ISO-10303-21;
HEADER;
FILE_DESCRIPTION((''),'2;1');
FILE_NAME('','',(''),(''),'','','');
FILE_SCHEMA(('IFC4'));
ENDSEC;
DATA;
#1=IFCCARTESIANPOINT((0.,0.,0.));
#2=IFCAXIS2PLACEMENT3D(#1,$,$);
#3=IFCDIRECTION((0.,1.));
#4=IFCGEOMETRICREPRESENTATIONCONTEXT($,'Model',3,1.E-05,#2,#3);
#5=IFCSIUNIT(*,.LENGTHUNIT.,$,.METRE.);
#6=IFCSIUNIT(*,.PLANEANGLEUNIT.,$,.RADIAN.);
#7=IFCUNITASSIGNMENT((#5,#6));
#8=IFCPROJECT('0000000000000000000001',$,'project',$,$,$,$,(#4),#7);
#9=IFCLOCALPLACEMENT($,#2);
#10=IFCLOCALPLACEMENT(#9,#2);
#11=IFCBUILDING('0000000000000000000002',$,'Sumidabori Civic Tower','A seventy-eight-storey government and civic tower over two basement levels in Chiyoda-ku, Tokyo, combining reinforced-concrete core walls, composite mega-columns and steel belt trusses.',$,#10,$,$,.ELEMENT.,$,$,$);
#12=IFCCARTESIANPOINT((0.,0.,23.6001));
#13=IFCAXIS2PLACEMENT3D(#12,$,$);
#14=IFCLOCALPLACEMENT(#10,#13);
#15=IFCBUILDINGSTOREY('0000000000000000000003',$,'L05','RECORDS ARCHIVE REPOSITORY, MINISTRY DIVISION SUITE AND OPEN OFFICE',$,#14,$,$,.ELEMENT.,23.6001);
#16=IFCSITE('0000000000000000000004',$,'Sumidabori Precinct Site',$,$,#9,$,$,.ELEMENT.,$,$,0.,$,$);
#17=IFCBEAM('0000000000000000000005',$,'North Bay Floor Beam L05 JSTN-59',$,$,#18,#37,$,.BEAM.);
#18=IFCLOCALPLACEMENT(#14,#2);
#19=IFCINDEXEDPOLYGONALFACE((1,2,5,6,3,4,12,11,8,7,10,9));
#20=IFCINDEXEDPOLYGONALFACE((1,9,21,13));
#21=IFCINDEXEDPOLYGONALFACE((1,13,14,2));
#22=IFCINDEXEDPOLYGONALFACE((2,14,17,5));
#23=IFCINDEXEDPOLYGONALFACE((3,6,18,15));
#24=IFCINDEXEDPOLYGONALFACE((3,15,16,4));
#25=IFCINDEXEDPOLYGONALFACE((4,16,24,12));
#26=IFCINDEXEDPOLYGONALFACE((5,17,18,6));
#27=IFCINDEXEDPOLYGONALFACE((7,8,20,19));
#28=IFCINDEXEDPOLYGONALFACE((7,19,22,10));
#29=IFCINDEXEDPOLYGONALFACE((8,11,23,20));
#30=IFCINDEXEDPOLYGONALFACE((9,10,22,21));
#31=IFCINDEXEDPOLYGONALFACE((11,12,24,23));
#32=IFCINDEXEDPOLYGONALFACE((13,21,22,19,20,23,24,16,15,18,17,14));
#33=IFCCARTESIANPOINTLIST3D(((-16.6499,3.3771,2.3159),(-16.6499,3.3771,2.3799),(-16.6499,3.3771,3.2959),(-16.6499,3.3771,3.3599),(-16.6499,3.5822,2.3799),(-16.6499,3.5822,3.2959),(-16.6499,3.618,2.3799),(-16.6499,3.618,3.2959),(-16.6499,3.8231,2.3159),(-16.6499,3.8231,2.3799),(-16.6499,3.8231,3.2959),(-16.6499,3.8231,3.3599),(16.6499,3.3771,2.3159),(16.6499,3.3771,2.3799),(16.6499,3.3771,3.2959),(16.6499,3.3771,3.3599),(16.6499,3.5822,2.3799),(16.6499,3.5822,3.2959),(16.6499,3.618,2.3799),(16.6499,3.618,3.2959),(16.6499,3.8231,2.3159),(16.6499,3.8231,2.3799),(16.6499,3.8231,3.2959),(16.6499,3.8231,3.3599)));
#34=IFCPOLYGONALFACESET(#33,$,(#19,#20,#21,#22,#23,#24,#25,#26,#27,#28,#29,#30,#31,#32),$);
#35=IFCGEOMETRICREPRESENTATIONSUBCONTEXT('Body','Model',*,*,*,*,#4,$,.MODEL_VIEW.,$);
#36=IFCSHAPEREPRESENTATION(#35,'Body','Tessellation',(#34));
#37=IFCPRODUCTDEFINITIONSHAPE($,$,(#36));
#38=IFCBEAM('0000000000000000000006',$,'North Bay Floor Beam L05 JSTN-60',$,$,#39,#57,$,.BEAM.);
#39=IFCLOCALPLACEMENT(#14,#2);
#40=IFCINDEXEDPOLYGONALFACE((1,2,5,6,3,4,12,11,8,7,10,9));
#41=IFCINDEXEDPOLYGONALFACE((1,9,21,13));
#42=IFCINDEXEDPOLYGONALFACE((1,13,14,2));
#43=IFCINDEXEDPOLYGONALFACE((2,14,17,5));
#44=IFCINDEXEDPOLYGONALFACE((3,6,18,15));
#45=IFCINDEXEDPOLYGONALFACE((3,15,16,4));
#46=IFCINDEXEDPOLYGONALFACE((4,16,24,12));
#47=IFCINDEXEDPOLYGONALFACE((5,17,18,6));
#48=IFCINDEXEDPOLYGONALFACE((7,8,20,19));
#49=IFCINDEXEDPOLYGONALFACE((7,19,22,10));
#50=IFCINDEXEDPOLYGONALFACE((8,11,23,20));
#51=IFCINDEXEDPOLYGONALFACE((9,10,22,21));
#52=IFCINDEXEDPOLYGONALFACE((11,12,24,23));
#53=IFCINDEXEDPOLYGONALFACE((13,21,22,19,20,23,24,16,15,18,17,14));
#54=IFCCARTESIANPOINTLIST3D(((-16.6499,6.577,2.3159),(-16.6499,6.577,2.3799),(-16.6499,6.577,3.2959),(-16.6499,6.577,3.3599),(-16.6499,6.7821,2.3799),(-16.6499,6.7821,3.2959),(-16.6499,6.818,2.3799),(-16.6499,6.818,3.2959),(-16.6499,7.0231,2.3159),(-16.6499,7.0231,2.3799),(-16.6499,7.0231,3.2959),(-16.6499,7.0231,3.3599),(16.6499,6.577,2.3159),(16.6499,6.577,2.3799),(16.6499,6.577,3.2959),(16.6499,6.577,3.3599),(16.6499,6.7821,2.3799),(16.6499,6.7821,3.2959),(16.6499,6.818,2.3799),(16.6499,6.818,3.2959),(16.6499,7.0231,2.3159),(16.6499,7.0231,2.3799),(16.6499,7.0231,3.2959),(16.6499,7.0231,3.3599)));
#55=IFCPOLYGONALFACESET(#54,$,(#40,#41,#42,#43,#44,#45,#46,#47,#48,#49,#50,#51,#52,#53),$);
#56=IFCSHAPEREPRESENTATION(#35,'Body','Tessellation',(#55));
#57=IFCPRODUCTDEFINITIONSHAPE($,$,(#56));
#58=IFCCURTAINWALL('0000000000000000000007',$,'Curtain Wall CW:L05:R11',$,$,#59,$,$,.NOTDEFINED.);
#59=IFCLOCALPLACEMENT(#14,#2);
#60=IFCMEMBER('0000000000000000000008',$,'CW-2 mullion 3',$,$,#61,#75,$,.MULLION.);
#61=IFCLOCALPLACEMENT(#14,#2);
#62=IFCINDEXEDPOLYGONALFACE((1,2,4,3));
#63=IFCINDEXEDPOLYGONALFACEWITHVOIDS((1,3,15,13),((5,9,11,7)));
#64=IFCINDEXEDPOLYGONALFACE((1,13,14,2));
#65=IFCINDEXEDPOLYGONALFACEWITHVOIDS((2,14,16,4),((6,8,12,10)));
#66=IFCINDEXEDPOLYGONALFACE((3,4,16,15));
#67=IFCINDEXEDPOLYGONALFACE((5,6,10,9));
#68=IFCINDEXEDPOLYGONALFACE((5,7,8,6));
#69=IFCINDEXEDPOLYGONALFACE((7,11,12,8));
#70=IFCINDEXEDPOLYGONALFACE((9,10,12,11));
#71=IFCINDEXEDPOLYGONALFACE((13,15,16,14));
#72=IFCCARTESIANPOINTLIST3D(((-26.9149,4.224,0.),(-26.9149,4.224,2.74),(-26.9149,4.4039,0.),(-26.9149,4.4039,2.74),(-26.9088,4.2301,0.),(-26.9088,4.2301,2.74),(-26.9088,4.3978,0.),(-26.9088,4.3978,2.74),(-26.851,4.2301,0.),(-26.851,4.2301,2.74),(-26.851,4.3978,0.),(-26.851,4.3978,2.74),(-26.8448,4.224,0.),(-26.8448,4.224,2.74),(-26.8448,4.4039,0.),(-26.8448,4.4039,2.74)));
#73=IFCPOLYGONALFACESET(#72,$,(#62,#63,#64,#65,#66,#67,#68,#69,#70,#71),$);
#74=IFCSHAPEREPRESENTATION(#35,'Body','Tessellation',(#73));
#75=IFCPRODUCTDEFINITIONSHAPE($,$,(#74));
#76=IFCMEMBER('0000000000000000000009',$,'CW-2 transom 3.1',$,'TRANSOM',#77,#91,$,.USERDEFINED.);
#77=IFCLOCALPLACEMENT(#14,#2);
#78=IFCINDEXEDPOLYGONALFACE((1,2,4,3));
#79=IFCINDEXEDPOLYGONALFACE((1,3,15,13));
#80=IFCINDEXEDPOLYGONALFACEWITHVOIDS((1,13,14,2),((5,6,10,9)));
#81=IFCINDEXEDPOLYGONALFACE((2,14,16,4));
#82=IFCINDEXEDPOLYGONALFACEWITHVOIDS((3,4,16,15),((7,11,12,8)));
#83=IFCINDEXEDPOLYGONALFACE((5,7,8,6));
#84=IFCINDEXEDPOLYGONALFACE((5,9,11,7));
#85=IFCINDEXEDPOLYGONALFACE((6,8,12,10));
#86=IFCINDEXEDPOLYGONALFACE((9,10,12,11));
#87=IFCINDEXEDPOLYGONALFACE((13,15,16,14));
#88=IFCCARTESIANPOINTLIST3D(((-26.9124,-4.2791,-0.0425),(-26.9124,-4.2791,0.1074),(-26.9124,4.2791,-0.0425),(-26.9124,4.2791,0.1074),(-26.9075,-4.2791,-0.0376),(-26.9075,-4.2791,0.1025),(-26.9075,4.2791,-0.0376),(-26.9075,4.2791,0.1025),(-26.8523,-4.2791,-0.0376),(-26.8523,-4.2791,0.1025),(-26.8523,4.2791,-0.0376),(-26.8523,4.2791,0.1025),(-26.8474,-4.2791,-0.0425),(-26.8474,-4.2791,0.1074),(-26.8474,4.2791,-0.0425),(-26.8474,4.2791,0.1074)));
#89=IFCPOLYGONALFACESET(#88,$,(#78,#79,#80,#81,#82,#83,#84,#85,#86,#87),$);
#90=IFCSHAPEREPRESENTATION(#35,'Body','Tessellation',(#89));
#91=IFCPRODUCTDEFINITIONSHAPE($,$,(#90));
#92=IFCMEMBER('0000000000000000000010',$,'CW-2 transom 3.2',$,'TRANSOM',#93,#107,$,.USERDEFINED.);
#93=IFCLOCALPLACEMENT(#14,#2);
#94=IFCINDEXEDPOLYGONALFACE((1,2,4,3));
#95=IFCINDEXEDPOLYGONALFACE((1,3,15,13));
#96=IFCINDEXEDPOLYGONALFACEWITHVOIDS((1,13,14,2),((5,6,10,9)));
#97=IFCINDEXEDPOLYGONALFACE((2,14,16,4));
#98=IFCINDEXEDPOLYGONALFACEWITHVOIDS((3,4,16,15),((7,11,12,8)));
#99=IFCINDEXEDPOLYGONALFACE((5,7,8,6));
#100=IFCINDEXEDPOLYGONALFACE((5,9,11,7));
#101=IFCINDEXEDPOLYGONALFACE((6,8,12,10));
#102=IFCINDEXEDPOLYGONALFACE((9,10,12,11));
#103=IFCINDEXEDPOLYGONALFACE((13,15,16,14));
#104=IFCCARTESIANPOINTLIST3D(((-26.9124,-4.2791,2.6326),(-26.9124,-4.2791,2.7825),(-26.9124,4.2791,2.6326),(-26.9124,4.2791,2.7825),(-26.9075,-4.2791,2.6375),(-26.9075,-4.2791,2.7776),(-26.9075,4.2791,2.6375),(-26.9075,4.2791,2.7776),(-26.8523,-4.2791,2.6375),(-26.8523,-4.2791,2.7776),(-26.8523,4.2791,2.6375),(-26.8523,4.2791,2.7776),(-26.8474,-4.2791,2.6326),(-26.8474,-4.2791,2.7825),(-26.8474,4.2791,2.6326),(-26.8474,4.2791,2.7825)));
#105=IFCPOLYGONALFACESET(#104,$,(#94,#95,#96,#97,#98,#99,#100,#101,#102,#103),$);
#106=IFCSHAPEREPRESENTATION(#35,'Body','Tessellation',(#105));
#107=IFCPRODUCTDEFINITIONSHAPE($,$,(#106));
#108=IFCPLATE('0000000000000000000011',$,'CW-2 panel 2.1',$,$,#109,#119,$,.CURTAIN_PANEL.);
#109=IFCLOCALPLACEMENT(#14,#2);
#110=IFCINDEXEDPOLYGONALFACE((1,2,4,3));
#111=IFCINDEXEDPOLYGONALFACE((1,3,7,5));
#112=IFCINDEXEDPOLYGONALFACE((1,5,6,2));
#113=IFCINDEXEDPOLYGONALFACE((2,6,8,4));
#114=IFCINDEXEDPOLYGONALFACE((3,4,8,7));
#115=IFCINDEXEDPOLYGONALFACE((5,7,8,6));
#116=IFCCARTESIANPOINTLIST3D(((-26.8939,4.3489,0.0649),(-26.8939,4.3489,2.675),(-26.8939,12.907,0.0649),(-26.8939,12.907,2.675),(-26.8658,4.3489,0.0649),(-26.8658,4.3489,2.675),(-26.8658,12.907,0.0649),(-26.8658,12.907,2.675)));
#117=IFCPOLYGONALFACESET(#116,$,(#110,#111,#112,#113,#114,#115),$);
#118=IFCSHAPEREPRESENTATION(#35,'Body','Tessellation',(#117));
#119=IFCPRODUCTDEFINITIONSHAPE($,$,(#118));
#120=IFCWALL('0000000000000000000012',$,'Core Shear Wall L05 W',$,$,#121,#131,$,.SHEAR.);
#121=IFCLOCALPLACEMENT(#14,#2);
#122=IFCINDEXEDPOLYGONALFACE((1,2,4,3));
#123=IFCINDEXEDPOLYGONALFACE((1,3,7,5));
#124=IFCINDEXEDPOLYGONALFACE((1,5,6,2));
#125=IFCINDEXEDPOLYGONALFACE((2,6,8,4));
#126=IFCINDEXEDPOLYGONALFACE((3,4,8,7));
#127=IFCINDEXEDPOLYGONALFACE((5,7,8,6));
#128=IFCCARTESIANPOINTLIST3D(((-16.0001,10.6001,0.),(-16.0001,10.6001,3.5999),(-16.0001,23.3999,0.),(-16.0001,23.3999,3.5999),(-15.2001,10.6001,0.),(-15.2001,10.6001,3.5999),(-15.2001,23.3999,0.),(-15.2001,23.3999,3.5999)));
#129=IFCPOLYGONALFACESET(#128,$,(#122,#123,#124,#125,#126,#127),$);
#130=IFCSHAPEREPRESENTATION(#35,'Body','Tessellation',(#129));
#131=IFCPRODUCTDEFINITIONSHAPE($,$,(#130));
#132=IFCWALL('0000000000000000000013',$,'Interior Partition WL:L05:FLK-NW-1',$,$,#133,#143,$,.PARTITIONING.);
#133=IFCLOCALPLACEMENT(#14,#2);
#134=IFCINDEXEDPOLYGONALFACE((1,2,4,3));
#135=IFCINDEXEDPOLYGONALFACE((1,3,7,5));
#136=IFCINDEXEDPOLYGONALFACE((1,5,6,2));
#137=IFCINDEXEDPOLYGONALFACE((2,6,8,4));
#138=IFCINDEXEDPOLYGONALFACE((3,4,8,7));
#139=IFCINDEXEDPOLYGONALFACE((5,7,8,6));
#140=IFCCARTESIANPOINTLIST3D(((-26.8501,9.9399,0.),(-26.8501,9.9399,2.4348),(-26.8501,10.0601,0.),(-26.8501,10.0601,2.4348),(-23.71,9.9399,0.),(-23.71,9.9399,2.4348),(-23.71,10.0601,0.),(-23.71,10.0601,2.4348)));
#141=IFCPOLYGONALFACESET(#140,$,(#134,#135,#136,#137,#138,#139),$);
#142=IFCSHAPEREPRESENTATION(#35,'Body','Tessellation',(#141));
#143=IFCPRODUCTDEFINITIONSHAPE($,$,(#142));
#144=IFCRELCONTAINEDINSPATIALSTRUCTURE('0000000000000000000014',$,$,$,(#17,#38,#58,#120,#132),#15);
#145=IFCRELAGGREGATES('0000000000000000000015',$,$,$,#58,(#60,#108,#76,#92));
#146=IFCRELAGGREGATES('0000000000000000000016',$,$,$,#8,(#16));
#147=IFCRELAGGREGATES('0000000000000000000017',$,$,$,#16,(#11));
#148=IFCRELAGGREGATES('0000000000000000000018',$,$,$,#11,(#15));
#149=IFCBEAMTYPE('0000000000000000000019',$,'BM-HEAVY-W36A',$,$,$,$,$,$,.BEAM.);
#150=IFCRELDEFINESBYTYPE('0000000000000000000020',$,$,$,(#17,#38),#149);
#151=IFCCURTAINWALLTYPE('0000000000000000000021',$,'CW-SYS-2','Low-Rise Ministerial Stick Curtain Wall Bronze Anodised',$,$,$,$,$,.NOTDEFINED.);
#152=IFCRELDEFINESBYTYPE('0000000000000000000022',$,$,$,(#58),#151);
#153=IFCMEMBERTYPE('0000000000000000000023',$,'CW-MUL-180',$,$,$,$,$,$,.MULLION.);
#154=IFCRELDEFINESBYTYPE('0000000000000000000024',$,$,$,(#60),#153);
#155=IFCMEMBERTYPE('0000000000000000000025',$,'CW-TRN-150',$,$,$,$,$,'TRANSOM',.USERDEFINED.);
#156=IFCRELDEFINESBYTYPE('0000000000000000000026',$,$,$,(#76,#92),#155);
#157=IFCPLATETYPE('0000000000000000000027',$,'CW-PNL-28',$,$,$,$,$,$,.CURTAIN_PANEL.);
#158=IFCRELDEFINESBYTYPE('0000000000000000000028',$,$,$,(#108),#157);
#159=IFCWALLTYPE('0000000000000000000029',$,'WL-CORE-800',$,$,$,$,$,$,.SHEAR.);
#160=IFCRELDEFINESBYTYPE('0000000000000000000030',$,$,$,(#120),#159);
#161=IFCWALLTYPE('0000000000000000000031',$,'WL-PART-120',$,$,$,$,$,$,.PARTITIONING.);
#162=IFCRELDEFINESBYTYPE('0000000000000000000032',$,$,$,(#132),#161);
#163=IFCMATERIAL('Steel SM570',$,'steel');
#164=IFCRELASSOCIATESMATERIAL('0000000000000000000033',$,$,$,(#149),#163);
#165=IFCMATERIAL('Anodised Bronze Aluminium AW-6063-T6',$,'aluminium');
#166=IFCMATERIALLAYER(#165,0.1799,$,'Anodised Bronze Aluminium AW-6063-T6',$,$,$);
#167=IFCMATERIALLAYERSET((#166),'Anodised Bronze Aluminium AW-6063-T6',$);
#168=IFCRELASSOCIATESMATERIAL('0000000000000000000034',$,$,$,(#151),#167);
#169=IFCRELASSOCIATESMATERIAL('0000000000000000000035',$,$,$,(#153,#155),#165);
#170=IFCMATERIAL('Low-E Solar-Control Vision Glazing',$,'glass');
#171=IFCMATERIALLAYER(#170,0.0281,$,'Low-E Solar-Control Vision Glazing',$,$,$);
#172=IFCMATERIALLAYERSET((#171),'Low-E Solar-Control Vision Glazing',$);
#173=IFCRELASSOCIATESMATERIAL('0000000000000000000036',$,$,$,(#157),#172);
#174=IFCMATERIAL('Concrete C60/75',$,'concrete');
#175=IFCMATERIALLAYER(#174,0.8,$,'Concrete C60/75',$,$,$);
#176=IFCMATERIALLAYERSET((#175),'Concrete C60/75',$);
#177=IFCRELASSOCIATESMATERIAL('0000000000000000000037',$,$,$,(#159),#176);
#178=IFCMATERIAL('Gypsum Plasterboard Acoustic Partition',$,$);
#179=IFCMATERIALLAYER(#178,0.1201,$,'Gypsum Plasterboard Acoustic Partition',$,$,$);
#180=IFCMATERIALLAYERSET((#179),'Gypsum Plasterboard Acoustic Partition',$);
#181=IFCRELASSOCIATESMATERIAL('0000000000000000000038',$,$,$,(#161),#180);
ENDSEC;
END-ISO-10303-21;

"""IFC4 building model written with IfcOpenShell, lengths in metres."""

from ifc_helpers import new_model, si_unit, direction, frame, frame_2d, origin, origin_2d, place, context, subcontext, project, spatial, rectangle, hollow_rectangle, i_section, extrude, source, transform, mapped, material, layer, layer_set, material_profile, profile_set, type_object, element, aggregate, save


model = new_model("IFC4")

# Units and contexts
model_context = context("Model", 3, precision=1e-05, world=origin(), true_north=direction((0.0, 1.0)))
body_context = subcontext(model_context, "Body", "Model", "MODEL_VIEW")
ifc_project = project(units=[si_unit("LENGTHUNIT", "METRE"), si_unit("PLANEANGLEUNIT", "RADIAN")], contexts=[model_context])

# Site, building, storey
site_placement = place(None, origin())
site = spatial("IfcSite", under=ifc_project, at=site_placement, Name="Sumidabori Precinct Site", CompositionType="ELEMENT", RefElevation=0.0)
building_placement = place(site_placement, origin())
building = spatial("IfcBuilding", under=site, at=building_placement, Name="Sumidabori Civic Tower", Description="A seventy-eight-storey government and civic tower over two basement levels in Chiyoda-ku, Tokyo, combining reinforced-concrete core walls, composite mega-columns and steel belt trusses.", CompositionType="ELEMENT")
storey_placement = place(building_placement, frame((0.0, 0.0, 23.6001)))
storey = spatial("IfcBuildingStorey", under=building, at=storey_placement, Name="L05", Description="RECORDS ARCHIVE REPOSITORY, MINISTRY DIVISION SUITE AND OPEN OFFICE", CompositionType="ELEMENT", Elevation=23.6001)

# Shared definitions
ifc_material_1 = material(Name="Concrete C60/75", Category="concrete")

# Beams
ifc_material_2 = material(Name="Steel SM570", Category="steel")
ifc_material_profile_1 = material_profile(ifc_material_2, i_section(OverallWidth=0.446, OverallDepth=1.0439, WebThickness=0.0359, FlangeThickness=0.064, at=origin_2d()), Name="W36X652")
ifc_profile_set_1 = profile_set([ifc_material_profile_1], Name="Steel SM570")
beam_type_1 = type_object("IfcBeamType", Name="BM-HEAVY-W36A", PredefinedType="BEAM", material=ifc_profile_set_1)
shared_shape_1 = source(origin(), body_context, "Body", "SweptSolid", [
    extrude(i_section(OverallWidth=0.446, OverallDepth=1.0439, WebThickness=0.0359, FlangeThickness=0.064, at=origin_2d()), origin(), (0.0, 0.0, 1.0), 33.2998),
])
for number, where, z_axis, x_axis, name in (
    (1, (-16.6499, 3.6001, 2.8379), (1.0, 0.0, 0.0), (0.0, 1.0, 0.0), "North Bay Floor Beam L05 JSTN-59"),
    (2, (-16.6499, 6.8, 2.8379), (1.0, 0.0, 0.0), (0.0, 1.0, 0.0), "North Bay Floor Beam L05 JSTN-60"),
):
    element("IfcBeam", number, at=place(storey_placement, frame(where, z_axis=z_axis, x_axis=x_axis)), inside=storey, type_object=beam_type_1, Name=name, PredefinedType="BEAM", context=body_context, shape_type="MappedRepresentation", body=[
        mapped(shared_shape_1, transform((0.0, 0.0, 0.0), x_axis=(1.0, 0.0, 0.0), y_axis=(0.0, 1.0, 0.0), z_axis=(0.0, 0.0, 1.0), scale=1.0)),
    ])

# Curtain wall, members, plate
ifc_material_3 = material(Name="Anodised Bronze Aluminium AW-6063-T6", Category="aluminium")
ifc_layer_1 = layer(ifc_material_3, 0.1799, Name="Anodised Bronze Aluminium AW-6063-T6")
ifc_layer_set_1 = layer_set([ifc_layer_1], Name="Anodised Bronze Aluminium AW-6063-T6")
curtain_wall_type = type_object("IfcCurtainWallType", Name="CW-SYS-2", Description="Low-Rise Ministerial Stick Curtain Wall Bronze Anodised", PredefinedType="NOTDEFINED", material=ifc_layer_set_1)
curtain_wall_placement = place(storey_placement, origin())
curtain_wall = element("IfcCurtainWall", 3, at=curtain_wall_placement, inside=storey, type_object=curtain_wall_type, Name="Curtain Wall CW:L05:R11", PredefinedType="NOTDEFINED")
ifc_material_profile_2 = material_profile(ifc_material_3, hollow_rectangle(XDim=0.0701, YDim=0.1799, WallThickness=0.0061, at=origin_2d()), Name="ALU MULLION 180x70")
ifc_profile_set_2 = profile_set([ifc_material_profile_2], Name="Anodised Bronze Aluminium AW-6063-T6")
member_type_1 = type_object("IfcMemberType", Name="CW-MUL-180", PredefinedType="MULLION", material=ifc_profile_set_2)
shared_shape_2 = source(origin(), body_context, "Body", "SweptSolid", [
    extrude(hollow_rectangle(XDim=0.0701, YDim=0.1799, WallThickness=0.0061, at=origin_2d()), origin(), (0.0, 0.0, 1.0), 2.74),
])
member_1_placement = place(storey_placement, frame((-26.8799, 4.314, 0.0), z_axis=(0.0, 0.0, 1.0), x_axis=(1.0, 0.0, 0.0)))
member_1 = element("IfcMember", 4, at=member_1_placement, type_object=member_type_1, Name="CW-2 mullion 3", PredefinedType="MULLION", context=body_context, shape_type="MappedRepresentation", body=[
    mapped(shared_shape_2, transform((0.0, 0.0, 0.0), x_axis=(1.0, 0.0, 0.0), y_axis=(0.0, 1.0, 0.0), z_axis=(0.0, 0.0, 1.0), scale=1.0)),
])
ifc_material_profile_3 = material_profile(ifc_material_3, hollow_rectangle(XDim=0.0649, YDim=0.1499, WallThickness=0.0049, at=origin_2d()), Name="ALU TRANSOM 150x65")
ifc_profile_set_3 = profile_set([ifc_material_profile_3], Name="Anodised Bronze Aluminium AW-6063-T6")
member_type_2 = type_object("IfcMemberType", Name="CW-TRN-150", ElementType="TRANSOM", PredefinedType="USERDEFINED", material=ifc_profile_set_3)
shared_shape_3 = source(origin(), body_context, "Body", "SweptSolid", [
    extrude(hollow_rectangle(XDim=0.0649, YDim=0.1499, WallThickness=0.0049, at=origin_2d()), origin(), (0.0, 0.0, 1.0), 8.5581),
])
member_2_placement = place(storey_placement, frame((-26.8799, 4.2791, 0.0325), z_axis=(0.0, -1.0, 0.0), x_axis=(1.0, 0.0, 0.0)))
member_2 = element("IfcMember", 5, at=member_2_placement, type_object=member_type_2, Name="CW-2 transom 3.1", ObjectType="TRANSOM", PredefinedType="USERDEFINED", context=body_context, shape_type="MappedRepresentation", body=[
    mapped(shared_shape_3, transform((0.0, 0.0, 0.0), x_axis=(1.0, 0.0, 0.0), y_axis=(0.0, 1.0, 0.0), z_axis=(0.0, 0.0, 1.0), scale=1.0)),
])
member_3_placement = place(storey_placement, frame((-26.8799, 4.2791, 2.7075), z_axis=(0.0, -1.0, 0.0), x_axis=(1.0, 0.0, 0.0)))
member_3 = element("IfcMember", 6, at=member_3_placement, type_object=member_type_2, Name="CW-2 transom 3.2", ObjectType="TRANSOM", PredefinedType="USERDEFINED", context=body_context, shape_type="MappedRepresentation", body=[
    mapped(shared_shape_3, transform((0.0, 0.0, 0.0), x_axis=(1.0, 0.0, 0.0), y_axis=(0.0, 1.0, 0.0), z_axis=(0.0, 0.0, 1.0), scale=1.0)),
])
ifc_material_4 = material(Name="Low-E Solar-Control Vision Glazing", Category="glass")
ifc_layer_2 = layer(ifc_material_4, 0.0281, Name="Low-E Solar-Control Vision Glazing")
ifc_layer_set_2 = layer_set([ifc_layer_2], Name="Low-E Solar-Control Vision Glazing")
plate_type = type_object("IfcPlateType", Name="CW-PNL-28", PredefinedType="CURTAIN_PANEL", material=ifc_layer_set_2)
shared_shape_4 = source(origin(), body_context, "Body", "SweptSolid", [
    extrude(rectangle(XDim=8.5581, YDim=0.0281, at=origin_2d()), origin(), (0.0, 0.0, 1.0), 2.6101),
])
plate_placement = place(storey_placement, frame((-26.8799, 8.6279, 0.0649), z_axis=(0.0, 0.0, 1.0), x_axis=(0.0, -1.0, 0.0)))
plate = element("IfcPlate", 7, at=plate_placement, type_object=plate_type, Name="CW-2 panel 2.1", PredefinedType="CURTAIN_PANEL", context=body_context, shape_type="MappedRepresentation", body=[
    mapped(shared_shape_4, transform((0.0, 0.0, 0.0), x_axis=(1.0, 0.0, 0.0), y_axis=(0.0, 1.0, 0.0), z_axis=(0.0, 0.0, 1.0), scale=1.0)),
])
aggregate(curtain_wall, [member_1, plate, member_2, member_3])

# Shared definitions
ifc_layer_3 = layer(ifc_material_1, 0.8, Name="Concrete C60/75")
ifc_layer_set_3 = layer_set([ifc_layer_3], Name="Concrete C60/75")
wall_type_1 = type_object("IfcWallType", Name="WL-CORE-800", PredefinedType="SHEAR", material=ifc_layer_set_3)

# Walls
shared_shape_5 = source(origin(), body_context, "Body", "SweptSolid", [
    extrude(rectangle(XDim=12.7998, YDim=0.8, at=frame_2d((6.3999, 0.0))), origin(), (0.0, 0.0, 1.0), 3.5999),
])
wall_1_placement = place(storey_placement, frame((-15.6001, 10.6001, 0.0), z_axis=(0.0, 0.0, 1.0), x_axis=(0.0, 1.0, 0.0)))
element("IfcWall", 8, at=wall_1_placement, inside=storey, type_object=wall_type_1, Name="Core Shear Wall L05 W", PredefinedType="SHEAR", context=body_context, shape_type="MappedRepresentation", body=[
    mapped(shared_shape_5, transform((0.0, 0.0, 0.0), x_axis=(1.0, 0.0, 0.0), y_axis=(0.0, 1.0, 0.0), z_axis=(0.0, 0.0, 1.0), scale=1.0)),
])
ifc_material_5 = material(Name="Gypsum Plasterboard Acoustic Partition")
ifc_layer_4 = layer(ifc_material_5, 0.1201, Name="Gypsum Plasterboard Acoustic Partition")
ifc_layer_set_4 = layer_set([ifc_layer_4], Name="Gypsum Plasterboard Acoustic Partition")
wall_type_2 = type_object("IfcWallType", Name="WL-PART-120", PredefinedType="PARTITIONING", material=ifc_layer_set_4)
shared_shape_6 = source(origin(), body_context, "Body", "SweptSolid", [
    extrude(rectangle(XDim=3.1401, YDim=0.1201, at=frame_2d((1.5701, 0.0))), origin(), (0.0, 0.0, 1.0), 2.4348),
])
wall_2_placement = place(storey_placement, frame((-26.8501, 10.0, 0.0), z_axis=(0.0, 0.0, 1.0), x_axis=(1.0, 0.0, 0.0)))
element("IfcWall", 9, at=wall_2_placement, inside=storey, type_object=wall_type_2, Name="Interior Partition WL:L05:FLK-NW-1", PredefinedType="PARTITIONING", context=body_context, shape_type="MappedRepresentation", body=[
    mapped(shared_shape_6, transform((0.0, 0.0, 0.0), x_axis=(1.0, 0.0, 0.0), y_axis=(0.0, 1.0, 0.0), z_axis=(0.0, 0.0, 1.0), scale=1.0)),
])

save(model, "model.ifc")
